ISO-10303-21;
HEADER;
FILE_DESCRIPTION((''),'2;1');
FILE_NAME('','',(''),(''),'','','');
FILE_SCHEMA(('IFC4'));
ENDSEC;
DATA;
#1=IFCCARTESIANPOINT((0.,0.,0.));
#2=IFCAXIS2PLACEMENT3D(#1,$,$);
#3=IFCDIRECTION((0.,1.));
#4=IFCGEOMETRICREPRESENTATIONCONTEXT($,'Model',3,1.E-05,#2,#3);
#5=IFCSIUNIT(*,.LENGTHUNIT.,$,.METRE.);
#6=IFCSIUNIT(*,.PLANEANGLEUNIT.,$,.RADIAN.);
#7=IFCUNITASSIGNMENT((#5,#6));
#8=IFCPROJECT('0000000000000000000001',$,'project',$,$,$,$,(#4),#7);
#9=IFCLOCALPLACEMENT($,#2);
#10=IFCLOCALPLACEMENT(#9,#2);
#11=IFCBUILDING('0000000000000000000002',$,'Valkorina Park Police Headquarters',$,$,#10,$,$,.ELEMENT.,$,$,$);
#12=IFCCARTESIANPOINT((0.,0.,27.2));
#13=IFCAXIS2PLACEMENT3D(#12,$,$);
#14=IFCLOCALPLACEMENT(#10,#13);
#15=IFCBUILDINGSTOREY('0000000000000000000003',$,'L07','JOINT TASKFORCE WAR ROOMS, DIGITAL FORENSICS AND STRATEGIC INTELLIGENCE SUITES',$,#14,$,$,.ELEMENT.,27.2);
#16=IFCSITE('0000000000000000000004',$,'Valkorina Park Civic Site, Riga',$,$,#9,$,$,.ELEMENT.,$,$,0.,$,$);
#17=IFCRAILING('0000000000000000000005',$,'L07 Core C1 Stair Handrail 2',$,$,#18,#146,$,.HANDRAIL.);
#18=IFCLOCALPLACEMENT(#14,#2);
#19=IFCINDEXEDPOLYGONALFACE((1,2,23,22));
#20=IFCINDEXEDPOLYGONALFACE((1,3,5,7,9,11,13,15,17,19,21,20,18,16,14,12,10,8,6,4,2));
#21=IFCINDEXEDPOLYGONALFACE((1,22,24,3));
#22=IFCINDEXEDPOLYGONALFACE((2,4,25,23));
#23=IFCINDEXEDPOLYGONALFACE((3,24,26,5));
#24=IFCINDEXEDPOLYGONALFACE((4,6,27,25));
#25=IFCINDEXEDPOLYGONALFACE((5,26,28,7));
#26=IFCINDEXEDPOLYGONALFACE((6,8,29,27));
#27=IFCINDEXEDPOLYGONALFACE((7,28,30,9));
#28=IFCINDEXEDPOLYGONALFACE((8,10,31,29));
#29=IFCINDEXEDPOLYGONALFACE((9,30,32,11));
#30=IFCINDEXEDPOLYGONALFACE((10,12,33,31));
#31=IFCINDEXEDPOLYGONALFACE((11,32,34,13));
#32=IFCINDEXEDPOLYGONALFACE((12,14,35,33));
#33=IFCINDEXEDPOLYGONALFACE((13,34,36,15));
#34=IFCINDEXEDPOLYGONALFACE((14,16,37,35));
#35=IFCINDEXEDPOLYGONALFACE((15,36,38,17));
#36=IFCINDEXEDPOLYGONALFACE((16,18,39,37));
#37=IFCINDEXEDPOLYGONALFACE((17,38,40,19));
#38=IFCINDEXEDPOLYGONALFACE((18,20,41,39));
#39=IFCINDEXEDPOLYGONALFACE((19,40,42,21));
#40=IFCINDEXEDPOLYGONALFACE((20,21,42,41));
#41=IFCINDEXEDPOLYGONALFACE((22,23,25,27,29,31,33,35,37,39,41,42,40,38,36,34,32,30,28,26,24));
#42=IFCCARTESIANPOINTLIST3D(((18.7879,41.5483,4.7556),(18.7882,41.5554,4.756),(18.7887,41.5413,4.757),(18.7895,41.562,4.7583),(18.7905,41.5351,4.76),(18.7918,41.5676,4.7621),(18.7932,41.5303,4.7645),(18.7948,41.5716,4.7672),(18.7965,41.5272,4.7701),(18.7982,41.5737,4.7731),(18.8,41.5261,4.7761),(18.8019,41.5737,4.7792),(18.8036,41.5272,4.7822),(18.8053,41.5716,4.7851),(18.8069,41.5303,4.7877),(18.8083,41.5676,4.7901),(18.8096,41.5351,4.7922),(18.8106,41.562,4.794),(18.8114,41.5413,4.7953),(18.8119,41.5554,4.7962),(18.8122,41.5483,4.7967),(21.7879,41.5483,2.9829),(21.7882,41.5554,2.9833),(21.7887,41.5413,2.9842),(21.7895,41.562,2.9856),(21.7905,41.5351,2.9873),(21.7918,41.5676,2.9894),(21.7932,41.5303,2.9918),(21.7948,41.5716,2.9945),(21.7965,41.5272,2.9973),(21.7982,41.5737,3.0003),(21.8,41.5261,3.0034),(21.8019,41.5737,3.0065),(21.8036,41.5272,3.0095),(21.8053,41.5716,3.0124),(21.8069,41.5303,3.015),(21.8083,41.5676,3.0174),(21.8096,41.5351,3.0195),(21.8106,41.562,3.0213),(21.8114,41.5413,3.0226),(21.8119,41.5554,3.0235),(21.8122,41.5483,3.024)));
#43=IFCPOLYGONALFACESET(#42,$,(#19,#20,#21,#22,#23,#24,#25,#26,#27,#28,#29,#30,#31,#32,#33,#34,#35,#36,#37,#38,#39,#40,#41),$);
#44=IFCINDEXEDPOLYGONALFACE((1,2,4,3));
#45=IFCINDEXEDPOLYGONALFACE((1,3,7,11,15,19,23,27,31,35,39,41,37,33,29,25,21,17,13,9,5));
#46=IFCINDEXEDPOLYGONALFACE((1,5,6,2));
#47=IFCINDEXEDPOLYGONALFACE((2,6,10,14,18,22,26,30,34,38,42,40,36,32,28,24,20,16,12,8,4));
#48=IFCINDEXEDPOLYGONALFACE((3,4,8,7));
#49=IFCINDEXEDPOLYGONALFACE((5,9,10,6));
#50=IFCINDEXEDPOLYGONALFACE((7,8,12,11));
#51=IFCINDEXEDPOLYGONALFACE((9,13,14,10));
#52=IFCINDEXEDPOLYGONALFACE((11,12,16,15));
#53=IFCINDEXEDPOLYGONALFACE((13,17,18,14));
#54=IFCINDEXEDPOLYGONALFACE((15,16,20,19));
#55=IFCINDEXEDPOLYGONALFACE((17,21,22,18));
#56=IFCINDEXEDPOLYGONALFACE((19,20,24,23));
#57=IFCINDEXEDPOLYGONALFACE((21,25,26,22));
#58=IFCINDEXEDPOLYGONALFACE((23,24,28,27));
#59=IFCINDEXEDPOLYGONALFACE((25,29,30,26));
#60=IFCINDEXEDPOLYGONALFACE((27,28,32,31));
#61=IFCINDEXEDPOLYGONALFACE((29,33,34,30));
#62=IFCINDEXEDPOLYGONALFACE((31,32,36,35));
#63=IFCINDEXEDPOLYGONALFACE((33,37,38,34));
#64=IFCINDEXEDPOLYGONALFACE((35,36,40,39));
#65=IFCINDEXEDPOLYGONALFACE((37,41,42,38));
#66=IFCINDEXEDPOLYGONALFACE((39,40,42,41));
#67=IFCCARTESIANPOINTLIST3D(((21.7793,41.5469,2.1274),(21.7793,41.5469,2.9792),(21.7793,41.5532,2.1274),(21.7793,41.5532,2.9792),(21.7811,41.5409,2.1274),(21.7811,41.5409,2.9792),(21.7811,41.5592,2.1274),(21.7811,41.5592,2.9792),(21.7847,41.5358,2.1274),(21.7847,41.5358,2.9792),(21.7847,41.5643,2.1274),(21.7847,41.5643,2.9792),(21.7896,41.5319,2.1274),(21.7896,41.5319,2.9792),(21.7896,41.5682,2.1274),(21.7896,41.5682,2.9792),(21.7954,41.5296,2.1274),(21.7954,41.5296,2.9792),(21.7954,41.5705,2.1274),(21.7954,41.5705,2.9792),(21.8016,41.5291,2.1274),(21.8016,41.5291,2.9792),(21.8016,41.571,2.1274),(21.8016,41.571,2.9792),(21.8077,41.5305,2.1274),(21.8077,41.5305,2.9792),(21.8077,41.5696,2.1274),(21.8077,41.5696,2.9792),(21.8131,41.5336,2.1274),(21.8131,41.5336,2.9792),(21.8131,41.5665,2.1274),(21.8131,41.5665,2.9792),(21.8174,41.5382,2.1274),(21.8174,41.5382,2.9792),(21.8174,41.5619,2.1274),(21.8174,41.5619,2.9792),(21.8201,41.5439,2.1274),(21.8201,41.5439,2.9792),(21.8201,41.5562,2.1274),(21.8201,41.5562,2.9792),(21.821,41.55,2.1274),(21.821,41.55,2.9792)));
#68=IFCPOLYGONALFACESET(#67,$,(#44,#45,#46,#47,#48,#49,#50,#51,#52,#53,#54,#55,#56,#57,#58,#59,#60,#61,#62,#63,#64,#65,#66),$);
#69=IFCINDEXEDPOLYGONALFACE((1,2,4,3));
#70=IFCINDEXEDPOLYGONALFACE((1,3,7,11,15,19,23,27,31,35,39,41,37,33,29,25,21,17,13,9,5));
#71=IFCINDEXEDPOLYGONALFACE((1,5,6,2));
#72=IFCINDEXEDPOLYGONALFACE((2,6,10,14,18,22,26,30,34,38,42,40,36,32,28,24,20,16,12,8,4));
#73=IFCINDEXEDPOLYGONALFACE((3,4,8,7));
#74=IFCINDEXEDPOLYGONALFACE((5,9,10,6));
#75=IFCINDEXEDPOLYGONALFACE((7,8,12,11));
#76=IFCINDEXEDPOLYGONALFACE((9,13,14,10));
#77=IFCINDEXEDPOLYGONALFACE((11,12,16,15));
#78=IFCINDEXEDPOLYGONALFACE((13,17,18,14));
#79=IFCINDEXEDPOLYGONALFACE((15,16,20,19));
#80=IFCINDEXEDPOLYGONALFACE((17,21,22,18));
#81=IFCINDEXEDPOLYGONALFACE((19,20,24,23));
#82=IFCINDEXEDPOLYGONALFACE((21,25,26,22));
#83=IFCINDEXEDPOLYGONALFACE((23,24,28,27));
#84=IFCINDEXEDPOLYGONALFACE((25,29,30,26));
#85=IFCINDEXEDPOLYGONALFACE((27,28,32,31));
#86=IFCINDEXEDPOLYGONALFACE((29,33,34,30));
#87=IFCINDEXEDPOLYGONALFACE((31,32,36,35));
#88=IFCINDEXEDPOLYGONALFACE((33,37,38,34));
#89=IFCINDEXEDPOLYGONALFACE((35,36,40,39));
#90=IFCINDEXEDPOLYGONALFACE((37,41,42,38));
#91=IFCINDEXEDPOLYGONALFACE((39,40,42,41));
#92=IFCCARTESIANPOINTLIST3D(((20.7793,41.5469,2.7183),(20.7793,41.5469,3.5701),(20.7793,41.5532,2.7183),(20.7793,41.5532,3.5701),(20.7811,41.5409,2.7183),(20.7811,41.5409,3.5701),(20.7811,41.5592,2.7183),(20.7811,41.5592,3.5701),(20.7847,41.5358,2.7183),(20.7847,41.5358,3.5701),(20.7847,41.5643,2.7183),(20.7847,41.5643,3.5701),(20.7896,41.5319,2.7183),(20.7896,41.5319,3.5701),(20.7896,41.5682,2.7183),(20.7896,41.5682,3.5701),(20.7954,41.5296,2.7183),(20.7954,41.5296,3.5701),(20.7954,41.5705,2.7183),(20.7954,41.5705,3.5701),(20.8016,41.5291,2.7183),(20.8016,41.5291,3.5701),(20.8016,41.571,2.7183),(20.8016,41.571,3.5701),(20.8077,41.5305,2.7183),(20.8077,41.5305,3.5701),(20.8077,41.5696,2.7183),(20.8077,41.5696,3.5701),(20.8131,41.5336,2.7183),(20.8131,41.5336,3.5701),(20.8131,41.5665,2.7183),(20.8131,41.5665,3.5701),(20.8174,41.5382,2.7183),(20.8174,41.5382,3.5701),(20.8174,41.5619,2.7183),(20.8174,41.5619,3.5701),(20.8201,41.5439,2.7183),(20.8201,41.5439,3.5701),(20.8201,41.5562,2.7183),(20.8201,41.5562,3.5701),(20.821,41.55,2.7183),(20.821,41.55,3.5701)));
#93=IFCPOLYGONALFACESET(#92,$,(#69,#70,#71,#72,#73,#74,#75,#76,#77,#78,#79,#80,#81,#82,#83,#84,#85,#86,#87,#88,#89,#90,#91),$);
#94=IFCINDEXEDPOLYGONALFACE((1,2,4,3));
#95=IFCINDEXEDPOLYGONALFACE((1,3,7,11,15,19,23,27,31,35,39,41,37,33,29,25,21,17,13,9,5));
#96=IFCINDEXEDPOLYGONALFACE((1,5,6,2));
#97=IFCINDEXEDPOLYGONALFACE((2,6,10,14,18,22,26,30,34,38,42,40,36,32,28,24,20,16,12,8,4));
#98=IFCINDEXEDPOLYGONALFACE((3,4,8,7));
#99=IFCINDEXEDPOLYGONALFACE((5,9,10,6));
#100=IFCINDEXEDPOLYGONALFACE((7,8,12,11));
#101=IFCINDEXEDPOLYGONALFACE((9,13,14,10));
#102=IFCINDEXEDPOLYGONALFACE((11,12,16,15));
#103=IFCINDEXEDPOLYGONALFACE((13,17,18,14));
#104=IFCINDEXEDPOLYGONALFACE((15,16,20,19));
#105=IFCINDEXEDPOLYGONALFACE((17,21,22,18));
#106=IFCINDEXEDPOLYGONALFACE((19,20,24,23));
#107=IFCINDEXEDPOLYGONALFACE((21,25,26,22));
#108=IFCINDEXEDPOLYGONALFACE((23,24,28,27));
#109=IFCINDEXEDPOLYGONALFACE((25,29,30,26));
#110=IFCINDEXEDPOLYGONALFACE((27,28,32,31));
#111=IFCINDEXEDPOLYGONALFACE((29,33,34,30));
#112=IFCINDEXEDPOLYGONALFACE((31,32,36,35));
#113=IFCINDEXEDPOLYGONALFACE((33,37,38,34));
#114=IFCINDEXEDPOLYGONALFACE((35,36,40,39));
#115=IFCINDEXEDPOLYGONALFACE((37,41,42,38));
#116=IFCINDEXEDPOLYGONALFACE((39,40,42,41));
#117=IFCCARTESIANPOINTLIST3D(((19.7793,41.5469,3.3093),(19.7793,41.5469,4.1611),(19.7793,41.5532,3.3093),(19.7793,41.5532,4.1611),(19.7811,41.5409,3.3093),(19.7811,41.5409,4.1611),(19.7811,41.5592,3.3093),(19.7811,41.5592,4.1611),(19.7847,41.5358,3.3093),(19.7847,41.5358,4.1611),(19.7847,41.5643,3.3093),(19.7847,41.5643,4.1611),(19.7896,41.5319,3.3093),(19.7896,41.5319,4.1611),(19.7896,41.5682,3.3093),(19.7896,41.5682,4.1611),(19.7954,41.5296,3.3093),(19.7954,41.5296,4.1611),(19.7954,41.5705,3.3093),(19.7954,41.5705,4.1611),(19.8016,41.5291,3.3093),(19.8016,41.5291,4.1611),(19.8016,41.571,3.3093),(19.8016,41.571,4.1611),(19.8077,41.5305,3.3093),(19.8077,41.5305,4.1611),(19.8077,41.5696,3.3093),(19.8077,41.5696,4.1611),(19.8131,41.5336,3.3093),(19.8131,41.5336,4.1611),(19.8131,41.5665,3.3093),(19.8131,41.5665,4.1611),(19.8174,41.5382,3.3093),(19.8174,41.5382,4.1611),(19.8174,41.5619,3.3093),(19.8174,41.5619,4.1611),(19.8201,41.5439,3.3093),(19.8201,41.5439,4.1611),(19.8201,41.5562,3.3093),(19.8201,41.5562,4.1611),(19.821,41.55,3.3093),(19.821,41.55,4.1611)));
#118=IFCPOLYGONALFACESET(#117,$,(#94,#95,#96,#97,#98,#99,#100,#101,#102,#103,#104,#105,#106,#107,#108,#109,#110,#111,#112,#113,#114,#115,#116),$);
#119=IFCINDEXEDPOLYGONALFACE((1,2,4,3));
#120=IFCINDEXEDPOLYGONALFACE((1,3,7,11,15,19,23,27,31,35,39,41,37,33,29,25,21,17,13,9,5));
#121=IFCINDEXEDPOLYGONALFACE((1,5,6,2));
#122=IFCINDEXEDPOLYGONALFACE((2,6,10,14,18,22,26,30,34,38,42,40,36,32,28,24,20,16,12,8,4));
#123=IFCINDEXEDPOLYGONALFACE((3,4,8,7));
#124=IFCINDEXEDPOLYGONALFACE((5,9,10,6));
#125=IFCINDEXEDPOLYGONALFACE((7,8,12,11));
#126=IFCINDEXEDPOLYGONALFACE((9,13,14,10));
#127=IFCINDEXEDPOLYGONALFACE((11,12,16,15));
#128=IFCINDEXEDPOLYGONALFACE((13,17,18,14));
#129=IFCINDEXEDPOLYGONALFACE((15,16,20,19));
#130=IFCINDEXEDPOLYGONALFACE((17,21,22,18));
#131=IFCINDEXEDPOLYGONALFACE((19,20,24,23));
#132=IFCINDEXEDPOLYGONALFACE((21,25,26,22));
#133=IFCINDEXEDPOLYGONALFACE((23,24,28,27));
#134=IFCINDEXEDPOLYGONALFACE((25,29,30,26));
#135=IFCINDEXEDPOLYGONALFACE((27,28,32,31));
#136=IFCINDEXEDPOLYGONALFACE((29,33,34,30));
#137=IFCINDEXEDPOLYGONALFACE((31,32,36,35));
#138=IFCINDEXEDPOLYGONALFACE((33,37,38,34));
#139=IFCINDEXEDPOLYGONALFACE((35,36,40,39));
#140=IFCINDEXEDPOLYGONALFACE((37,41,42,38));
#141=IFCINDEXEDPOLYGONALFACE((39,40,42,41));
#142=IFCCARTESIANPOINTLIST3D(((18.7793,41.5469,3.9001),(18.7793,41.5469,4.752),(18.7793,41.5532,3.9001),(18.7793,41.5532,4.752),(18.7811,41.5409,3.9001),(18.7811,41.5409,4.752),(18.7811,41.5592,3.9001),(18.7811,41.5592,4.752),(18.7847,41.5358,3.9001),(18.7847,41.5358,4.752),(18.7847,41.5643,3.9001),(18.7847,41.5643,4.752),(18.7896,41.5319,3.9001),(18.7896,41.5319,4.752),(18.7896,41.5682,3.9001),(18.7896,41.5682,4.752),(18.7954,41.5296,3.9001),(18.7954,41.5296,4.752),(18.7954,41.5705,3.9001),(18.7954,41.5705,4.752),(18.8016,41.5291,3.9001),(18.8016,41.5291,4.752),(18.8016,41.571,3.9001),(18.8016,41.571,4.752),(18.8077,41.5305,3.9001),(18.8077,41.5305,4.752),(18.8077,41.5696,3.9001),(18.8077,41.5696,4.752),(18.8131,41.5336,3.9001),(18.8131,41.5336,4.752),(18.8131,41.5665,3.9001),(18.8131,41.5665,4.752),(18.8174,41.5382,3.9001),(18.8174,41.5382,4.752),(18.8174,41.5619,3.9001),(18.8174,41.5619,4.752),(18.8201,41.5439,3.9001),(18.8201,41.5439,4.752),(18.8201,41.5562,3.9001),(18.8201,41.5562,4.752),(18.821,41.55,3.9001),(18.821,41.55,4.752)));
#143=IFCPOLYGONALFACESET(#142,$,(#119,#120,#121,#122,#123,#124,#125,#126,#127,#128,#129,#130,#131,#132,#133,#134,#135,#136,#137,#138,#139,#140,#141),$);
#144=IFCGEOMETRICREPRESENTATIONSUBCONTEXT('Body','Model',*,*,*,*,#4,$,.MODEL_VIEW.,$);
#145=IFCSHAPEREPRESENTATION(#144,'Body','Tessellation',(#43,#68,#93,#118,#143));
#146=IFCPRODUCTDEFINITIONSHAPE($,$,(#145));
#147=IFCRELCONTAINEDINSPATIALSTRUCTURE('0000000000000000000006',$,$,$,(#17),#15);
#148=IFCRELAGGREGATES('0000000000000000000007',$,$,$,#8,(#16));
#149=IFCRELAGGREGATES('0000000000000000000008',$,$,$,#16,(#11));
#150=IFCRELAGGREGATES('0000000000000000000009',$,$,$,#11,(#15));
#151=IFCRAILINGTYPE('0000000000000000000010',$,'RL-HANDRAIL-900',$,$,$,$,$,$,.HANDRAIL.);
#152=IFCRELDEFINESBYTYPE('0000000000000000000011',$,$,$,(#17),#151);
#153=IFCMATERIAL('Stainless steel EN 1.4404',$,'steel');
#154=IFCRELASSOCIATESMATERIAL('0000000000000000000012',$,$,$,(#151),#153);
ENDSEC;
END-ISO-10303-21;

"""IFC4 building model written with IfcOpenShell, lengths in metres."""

from ifc_helpers import new_model, si_unit, direction, frame, origin, origin_2d, place, context, subcontext, project, spatial, circle, extrude, material, type_object, element, save


model = new_model("IFC4")

# Units and contexts
model_context = context("Model", 3, precision=1e-05, world=origin(), true_north=direction((0.0, 1.0)))
body_context = subcontext(model_context, "Body", "Model", "MODEL_VIEW")
ifc_project = project(units=[si_unit("LENGTHUNIT", "METRE"), si_unit("PLANEANGLEUNIT", "RADIAN")], contexts=[model_context])

# Site, building, storey
site_placement = place(None, origin())
site = spatial("IfcSite", under=ifc_project, at=site_placement, Name="Valkorina Park Civic Site, Riga", CompositionType="ELEMENT", RefElevation=0.0)
building_placement = place(site_placement, origin())
building = spatial("IfcBuilding", under=site, at=building_placement, Name="Valkorina Park Police Headquarters", CompositionType="ELEMENT")
storey_placement = place(building_placement, frame((0.0, 0.0, 27.2)))
storey = spatial("IfcBuildingStorey", under=building, at=storey_placement, Name="L07", Description="JOINT TASKFORCE WAR ROOMS, DIGITAL FORENSICS AND STRATEGIC INTELLIGENCE SUITES", CompositionType="ELEMENT", Elevation=27.2)

# Shared definitions
ifc_material_1 = material(Name="Stainless steel EN 1.4404", Category="steel")

# Railing
railing_type_1 = type_object("IfcRailingType", Name="RL-HANDRAIL-900", PredefinedType="HANDRAIL", material=ifc_material_1)
railing_1_placement = place(storey_placement, frame((21.8, 41.55, 2.1274)))
element("IfcRailing", 1, at=railing_1_placement, inside=storey, type_object=railing_type_1, Name="L07 Core C1 Stair Handrail 2", PredefinedType="HANDRAIL", context=body_context, shape_type="SweptSolid", body=[
    extrude(circle(Radius=0.0239, at=origin_2d()), frame((0.0, 0.0, 0.876), z_axis=(-0.860929, 0.0, 0.508725), x_axis=(0.0, -1.0, 0.0)), (0.0, 0.0, 1.0), 3.4846),
    extrude(circle(Radius=0.021, at=origin_2d()), origin(), (0.0, 0.0, 1.0), 0.8518),
    extrude(circle(Radius=0.021, at=origin_2d()), frame((-1.0, 0.0, 0.5908)), (0.0, 0.0, 1.0), 0.8518),
    extrude(circle(Radius=0.021, at=origin_2d()), frame((-2.0, 0.0, 1.1819)), (0.0, 0.0, 1.0), 0.8518),
    extrude(circle(Radius=0.021, at=origin_2d()), frame((-3.0, 0.0, 1.7727)), (0.0, 0.0, 1.0), 0.8518),
])

save(model, "model.ifc")
